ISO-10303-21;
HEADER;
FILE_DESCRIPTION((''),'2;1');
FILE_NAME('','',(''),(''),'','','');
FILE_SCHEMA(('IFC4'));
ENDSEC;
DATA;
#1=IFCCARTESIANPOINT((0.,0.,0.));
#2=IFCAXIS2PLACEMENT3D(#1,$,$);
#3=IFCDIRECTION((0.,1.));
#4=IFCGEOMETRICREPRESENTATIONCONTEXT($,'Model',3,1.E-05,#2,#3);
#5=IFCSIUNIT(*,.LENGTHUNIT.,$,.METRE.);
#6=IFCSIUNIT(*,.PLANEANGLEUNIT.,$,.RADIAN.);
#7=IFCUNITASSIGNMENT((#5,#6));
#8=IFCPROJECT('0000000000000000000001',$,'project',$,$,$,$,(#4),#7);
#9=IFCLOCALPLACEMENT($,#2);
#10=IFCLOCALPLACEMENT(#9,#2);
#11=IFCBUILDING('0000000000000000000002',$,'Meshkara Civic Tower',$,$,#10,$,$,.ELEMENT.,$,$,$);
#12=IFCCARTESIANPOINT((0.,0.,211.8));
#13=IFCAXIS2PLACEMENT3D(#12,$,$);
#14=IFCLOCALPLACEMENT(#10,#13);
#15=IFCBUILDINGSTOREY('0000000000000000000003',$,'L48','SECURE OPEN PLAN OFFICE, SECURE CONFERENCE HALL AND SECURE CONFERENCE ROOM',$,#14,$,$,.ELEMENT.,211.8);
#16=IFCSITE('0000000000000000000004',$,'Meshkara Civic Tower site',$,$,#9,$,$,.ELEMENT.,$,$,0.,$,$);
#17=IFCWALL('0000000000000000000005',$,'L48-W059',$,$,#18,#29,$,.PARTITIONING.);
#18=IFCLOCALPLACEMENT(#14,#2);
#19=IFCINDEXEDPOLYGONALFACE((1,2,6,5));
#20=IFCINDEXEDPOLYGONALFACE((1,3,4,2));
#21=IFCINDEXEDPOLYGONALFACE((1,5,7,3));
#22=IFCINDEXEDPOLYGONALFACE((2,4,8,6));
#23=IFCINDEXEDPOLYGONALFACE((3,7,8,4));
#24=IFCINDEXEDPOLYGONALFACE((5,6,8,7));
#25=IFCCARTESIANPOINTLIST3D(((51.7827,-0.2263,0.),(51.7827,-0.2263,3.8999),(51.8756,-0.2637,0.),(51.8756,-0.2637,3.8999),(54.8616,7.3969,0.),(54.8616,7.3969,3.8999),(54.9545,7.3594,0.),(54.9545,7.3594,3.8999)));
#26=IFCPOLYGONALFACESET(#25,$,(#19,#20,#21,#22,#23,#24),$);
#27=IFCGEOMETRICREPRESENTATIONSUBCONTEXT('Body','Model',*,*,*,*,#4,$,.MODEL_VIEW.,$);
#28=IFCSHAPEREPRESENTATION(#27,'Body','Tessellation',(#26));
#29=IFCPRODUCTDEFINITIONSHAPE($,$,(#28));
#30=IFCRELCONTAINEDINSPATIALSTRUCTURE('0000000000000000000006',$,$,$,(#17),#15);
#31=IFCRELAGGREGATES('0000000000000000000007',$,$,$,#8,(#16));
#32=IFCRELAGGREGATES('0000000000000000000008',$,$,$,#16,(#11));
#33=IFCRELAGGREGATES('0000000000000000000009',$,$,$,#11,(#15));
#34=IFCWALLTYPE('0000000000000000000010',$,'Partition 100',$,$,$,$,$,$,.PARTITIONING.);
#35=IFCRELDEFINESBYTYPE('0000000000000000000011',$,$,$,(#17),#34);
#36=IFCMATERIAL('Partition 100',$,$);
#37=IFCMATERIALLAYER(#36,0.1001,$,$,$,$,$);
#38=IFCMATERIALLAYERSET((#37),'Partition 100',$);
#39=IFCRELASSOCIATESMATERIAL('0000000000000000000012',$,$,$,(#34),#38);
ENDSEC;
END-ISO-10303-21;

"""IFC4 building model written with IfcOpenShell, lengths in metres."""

from ifc_helpers import new_model, si_unit, direction, frame, frame_2d, origin, place, context, subcontext, project, spatial, rectangle, extrude, material, layer, layer_set, type_object, element, save


model = new_model("IFC4")

# Units and contexts
model_context = context("Model", 3, precision=1e-05, world=origin(), true_north=direction((0.0, 1.0)))
body_context = subcontext(model_context, "Body", "Model", "MODEL_VIEW")
ifc_project = project(units=[si_unit("LENGTHUNIT", "METRE"), si_unit("PLANEANGLEUNIT", "RADIAN")], contexts=[model_context])

# Site, building, storey
site_placement = place(None, origin())
site = spatial("IfcSite", under=ifc_project, at=site_placement, Name="Meshkara Civic Tower site", CompositionType="ELEMENT", RefElevation=0.0)
building_placement = place(site_placement, origin())
building = spatial("IfcBuilding", under=site, at=building_placement, Name="Meshkara Civic Tower", CompositionType="ELEMENT")
storey_placement = place(building_placement, frame((0.0, 0.0, 211.8)))
storey = spatial("IfcBuildingStorey", under=building, at=storey_placement, Name="L48", Description="SECURE OPEN PLAN OFFICE, SECURE CONFERENCE HALL AND SECURE CONFERENCE ROOM", CompositionType="ELEMENT", Elevation=211.8)

# Wall
ifc_material_1 = material(Name="Partition 100")
ifc_layer_1 = layer(ifc_material_1, 0.1001)
ifc_layer_set_1 = layer_set([ifc_layer_1], Name="Partition 100")
wall_type_1 = type_object("IfcWallType", Name="Partition 100", PredefinedType="PARTITIONING", material=ifc_layer_set_1)
for number, where, z_axis, x_axis, name in (
    (1, (51.8291, -0.2451, 0.0), (0.0, 0.0, 1.0), (0.374496, 0.927228, 0.0), "L48-W059"),
):
    element("IfcWall", number, at=place(storey_placement, frame(where, z_axis=z_axis, x_axis=x_axis)), inside=storey, type_object=wall_type_1, Name=name, PredefinedType="PARTITIONING", context=body_context, shape_type="SweptSolid", body=[
        extrude(rectangle(XDim=8.2214, YDim=0.1001, at=frame_2d((4.1108, 0.0))), origin(), (0.0, 0.0, 1.0), 3.8999),
    ])

save(model, "model.ifc")
